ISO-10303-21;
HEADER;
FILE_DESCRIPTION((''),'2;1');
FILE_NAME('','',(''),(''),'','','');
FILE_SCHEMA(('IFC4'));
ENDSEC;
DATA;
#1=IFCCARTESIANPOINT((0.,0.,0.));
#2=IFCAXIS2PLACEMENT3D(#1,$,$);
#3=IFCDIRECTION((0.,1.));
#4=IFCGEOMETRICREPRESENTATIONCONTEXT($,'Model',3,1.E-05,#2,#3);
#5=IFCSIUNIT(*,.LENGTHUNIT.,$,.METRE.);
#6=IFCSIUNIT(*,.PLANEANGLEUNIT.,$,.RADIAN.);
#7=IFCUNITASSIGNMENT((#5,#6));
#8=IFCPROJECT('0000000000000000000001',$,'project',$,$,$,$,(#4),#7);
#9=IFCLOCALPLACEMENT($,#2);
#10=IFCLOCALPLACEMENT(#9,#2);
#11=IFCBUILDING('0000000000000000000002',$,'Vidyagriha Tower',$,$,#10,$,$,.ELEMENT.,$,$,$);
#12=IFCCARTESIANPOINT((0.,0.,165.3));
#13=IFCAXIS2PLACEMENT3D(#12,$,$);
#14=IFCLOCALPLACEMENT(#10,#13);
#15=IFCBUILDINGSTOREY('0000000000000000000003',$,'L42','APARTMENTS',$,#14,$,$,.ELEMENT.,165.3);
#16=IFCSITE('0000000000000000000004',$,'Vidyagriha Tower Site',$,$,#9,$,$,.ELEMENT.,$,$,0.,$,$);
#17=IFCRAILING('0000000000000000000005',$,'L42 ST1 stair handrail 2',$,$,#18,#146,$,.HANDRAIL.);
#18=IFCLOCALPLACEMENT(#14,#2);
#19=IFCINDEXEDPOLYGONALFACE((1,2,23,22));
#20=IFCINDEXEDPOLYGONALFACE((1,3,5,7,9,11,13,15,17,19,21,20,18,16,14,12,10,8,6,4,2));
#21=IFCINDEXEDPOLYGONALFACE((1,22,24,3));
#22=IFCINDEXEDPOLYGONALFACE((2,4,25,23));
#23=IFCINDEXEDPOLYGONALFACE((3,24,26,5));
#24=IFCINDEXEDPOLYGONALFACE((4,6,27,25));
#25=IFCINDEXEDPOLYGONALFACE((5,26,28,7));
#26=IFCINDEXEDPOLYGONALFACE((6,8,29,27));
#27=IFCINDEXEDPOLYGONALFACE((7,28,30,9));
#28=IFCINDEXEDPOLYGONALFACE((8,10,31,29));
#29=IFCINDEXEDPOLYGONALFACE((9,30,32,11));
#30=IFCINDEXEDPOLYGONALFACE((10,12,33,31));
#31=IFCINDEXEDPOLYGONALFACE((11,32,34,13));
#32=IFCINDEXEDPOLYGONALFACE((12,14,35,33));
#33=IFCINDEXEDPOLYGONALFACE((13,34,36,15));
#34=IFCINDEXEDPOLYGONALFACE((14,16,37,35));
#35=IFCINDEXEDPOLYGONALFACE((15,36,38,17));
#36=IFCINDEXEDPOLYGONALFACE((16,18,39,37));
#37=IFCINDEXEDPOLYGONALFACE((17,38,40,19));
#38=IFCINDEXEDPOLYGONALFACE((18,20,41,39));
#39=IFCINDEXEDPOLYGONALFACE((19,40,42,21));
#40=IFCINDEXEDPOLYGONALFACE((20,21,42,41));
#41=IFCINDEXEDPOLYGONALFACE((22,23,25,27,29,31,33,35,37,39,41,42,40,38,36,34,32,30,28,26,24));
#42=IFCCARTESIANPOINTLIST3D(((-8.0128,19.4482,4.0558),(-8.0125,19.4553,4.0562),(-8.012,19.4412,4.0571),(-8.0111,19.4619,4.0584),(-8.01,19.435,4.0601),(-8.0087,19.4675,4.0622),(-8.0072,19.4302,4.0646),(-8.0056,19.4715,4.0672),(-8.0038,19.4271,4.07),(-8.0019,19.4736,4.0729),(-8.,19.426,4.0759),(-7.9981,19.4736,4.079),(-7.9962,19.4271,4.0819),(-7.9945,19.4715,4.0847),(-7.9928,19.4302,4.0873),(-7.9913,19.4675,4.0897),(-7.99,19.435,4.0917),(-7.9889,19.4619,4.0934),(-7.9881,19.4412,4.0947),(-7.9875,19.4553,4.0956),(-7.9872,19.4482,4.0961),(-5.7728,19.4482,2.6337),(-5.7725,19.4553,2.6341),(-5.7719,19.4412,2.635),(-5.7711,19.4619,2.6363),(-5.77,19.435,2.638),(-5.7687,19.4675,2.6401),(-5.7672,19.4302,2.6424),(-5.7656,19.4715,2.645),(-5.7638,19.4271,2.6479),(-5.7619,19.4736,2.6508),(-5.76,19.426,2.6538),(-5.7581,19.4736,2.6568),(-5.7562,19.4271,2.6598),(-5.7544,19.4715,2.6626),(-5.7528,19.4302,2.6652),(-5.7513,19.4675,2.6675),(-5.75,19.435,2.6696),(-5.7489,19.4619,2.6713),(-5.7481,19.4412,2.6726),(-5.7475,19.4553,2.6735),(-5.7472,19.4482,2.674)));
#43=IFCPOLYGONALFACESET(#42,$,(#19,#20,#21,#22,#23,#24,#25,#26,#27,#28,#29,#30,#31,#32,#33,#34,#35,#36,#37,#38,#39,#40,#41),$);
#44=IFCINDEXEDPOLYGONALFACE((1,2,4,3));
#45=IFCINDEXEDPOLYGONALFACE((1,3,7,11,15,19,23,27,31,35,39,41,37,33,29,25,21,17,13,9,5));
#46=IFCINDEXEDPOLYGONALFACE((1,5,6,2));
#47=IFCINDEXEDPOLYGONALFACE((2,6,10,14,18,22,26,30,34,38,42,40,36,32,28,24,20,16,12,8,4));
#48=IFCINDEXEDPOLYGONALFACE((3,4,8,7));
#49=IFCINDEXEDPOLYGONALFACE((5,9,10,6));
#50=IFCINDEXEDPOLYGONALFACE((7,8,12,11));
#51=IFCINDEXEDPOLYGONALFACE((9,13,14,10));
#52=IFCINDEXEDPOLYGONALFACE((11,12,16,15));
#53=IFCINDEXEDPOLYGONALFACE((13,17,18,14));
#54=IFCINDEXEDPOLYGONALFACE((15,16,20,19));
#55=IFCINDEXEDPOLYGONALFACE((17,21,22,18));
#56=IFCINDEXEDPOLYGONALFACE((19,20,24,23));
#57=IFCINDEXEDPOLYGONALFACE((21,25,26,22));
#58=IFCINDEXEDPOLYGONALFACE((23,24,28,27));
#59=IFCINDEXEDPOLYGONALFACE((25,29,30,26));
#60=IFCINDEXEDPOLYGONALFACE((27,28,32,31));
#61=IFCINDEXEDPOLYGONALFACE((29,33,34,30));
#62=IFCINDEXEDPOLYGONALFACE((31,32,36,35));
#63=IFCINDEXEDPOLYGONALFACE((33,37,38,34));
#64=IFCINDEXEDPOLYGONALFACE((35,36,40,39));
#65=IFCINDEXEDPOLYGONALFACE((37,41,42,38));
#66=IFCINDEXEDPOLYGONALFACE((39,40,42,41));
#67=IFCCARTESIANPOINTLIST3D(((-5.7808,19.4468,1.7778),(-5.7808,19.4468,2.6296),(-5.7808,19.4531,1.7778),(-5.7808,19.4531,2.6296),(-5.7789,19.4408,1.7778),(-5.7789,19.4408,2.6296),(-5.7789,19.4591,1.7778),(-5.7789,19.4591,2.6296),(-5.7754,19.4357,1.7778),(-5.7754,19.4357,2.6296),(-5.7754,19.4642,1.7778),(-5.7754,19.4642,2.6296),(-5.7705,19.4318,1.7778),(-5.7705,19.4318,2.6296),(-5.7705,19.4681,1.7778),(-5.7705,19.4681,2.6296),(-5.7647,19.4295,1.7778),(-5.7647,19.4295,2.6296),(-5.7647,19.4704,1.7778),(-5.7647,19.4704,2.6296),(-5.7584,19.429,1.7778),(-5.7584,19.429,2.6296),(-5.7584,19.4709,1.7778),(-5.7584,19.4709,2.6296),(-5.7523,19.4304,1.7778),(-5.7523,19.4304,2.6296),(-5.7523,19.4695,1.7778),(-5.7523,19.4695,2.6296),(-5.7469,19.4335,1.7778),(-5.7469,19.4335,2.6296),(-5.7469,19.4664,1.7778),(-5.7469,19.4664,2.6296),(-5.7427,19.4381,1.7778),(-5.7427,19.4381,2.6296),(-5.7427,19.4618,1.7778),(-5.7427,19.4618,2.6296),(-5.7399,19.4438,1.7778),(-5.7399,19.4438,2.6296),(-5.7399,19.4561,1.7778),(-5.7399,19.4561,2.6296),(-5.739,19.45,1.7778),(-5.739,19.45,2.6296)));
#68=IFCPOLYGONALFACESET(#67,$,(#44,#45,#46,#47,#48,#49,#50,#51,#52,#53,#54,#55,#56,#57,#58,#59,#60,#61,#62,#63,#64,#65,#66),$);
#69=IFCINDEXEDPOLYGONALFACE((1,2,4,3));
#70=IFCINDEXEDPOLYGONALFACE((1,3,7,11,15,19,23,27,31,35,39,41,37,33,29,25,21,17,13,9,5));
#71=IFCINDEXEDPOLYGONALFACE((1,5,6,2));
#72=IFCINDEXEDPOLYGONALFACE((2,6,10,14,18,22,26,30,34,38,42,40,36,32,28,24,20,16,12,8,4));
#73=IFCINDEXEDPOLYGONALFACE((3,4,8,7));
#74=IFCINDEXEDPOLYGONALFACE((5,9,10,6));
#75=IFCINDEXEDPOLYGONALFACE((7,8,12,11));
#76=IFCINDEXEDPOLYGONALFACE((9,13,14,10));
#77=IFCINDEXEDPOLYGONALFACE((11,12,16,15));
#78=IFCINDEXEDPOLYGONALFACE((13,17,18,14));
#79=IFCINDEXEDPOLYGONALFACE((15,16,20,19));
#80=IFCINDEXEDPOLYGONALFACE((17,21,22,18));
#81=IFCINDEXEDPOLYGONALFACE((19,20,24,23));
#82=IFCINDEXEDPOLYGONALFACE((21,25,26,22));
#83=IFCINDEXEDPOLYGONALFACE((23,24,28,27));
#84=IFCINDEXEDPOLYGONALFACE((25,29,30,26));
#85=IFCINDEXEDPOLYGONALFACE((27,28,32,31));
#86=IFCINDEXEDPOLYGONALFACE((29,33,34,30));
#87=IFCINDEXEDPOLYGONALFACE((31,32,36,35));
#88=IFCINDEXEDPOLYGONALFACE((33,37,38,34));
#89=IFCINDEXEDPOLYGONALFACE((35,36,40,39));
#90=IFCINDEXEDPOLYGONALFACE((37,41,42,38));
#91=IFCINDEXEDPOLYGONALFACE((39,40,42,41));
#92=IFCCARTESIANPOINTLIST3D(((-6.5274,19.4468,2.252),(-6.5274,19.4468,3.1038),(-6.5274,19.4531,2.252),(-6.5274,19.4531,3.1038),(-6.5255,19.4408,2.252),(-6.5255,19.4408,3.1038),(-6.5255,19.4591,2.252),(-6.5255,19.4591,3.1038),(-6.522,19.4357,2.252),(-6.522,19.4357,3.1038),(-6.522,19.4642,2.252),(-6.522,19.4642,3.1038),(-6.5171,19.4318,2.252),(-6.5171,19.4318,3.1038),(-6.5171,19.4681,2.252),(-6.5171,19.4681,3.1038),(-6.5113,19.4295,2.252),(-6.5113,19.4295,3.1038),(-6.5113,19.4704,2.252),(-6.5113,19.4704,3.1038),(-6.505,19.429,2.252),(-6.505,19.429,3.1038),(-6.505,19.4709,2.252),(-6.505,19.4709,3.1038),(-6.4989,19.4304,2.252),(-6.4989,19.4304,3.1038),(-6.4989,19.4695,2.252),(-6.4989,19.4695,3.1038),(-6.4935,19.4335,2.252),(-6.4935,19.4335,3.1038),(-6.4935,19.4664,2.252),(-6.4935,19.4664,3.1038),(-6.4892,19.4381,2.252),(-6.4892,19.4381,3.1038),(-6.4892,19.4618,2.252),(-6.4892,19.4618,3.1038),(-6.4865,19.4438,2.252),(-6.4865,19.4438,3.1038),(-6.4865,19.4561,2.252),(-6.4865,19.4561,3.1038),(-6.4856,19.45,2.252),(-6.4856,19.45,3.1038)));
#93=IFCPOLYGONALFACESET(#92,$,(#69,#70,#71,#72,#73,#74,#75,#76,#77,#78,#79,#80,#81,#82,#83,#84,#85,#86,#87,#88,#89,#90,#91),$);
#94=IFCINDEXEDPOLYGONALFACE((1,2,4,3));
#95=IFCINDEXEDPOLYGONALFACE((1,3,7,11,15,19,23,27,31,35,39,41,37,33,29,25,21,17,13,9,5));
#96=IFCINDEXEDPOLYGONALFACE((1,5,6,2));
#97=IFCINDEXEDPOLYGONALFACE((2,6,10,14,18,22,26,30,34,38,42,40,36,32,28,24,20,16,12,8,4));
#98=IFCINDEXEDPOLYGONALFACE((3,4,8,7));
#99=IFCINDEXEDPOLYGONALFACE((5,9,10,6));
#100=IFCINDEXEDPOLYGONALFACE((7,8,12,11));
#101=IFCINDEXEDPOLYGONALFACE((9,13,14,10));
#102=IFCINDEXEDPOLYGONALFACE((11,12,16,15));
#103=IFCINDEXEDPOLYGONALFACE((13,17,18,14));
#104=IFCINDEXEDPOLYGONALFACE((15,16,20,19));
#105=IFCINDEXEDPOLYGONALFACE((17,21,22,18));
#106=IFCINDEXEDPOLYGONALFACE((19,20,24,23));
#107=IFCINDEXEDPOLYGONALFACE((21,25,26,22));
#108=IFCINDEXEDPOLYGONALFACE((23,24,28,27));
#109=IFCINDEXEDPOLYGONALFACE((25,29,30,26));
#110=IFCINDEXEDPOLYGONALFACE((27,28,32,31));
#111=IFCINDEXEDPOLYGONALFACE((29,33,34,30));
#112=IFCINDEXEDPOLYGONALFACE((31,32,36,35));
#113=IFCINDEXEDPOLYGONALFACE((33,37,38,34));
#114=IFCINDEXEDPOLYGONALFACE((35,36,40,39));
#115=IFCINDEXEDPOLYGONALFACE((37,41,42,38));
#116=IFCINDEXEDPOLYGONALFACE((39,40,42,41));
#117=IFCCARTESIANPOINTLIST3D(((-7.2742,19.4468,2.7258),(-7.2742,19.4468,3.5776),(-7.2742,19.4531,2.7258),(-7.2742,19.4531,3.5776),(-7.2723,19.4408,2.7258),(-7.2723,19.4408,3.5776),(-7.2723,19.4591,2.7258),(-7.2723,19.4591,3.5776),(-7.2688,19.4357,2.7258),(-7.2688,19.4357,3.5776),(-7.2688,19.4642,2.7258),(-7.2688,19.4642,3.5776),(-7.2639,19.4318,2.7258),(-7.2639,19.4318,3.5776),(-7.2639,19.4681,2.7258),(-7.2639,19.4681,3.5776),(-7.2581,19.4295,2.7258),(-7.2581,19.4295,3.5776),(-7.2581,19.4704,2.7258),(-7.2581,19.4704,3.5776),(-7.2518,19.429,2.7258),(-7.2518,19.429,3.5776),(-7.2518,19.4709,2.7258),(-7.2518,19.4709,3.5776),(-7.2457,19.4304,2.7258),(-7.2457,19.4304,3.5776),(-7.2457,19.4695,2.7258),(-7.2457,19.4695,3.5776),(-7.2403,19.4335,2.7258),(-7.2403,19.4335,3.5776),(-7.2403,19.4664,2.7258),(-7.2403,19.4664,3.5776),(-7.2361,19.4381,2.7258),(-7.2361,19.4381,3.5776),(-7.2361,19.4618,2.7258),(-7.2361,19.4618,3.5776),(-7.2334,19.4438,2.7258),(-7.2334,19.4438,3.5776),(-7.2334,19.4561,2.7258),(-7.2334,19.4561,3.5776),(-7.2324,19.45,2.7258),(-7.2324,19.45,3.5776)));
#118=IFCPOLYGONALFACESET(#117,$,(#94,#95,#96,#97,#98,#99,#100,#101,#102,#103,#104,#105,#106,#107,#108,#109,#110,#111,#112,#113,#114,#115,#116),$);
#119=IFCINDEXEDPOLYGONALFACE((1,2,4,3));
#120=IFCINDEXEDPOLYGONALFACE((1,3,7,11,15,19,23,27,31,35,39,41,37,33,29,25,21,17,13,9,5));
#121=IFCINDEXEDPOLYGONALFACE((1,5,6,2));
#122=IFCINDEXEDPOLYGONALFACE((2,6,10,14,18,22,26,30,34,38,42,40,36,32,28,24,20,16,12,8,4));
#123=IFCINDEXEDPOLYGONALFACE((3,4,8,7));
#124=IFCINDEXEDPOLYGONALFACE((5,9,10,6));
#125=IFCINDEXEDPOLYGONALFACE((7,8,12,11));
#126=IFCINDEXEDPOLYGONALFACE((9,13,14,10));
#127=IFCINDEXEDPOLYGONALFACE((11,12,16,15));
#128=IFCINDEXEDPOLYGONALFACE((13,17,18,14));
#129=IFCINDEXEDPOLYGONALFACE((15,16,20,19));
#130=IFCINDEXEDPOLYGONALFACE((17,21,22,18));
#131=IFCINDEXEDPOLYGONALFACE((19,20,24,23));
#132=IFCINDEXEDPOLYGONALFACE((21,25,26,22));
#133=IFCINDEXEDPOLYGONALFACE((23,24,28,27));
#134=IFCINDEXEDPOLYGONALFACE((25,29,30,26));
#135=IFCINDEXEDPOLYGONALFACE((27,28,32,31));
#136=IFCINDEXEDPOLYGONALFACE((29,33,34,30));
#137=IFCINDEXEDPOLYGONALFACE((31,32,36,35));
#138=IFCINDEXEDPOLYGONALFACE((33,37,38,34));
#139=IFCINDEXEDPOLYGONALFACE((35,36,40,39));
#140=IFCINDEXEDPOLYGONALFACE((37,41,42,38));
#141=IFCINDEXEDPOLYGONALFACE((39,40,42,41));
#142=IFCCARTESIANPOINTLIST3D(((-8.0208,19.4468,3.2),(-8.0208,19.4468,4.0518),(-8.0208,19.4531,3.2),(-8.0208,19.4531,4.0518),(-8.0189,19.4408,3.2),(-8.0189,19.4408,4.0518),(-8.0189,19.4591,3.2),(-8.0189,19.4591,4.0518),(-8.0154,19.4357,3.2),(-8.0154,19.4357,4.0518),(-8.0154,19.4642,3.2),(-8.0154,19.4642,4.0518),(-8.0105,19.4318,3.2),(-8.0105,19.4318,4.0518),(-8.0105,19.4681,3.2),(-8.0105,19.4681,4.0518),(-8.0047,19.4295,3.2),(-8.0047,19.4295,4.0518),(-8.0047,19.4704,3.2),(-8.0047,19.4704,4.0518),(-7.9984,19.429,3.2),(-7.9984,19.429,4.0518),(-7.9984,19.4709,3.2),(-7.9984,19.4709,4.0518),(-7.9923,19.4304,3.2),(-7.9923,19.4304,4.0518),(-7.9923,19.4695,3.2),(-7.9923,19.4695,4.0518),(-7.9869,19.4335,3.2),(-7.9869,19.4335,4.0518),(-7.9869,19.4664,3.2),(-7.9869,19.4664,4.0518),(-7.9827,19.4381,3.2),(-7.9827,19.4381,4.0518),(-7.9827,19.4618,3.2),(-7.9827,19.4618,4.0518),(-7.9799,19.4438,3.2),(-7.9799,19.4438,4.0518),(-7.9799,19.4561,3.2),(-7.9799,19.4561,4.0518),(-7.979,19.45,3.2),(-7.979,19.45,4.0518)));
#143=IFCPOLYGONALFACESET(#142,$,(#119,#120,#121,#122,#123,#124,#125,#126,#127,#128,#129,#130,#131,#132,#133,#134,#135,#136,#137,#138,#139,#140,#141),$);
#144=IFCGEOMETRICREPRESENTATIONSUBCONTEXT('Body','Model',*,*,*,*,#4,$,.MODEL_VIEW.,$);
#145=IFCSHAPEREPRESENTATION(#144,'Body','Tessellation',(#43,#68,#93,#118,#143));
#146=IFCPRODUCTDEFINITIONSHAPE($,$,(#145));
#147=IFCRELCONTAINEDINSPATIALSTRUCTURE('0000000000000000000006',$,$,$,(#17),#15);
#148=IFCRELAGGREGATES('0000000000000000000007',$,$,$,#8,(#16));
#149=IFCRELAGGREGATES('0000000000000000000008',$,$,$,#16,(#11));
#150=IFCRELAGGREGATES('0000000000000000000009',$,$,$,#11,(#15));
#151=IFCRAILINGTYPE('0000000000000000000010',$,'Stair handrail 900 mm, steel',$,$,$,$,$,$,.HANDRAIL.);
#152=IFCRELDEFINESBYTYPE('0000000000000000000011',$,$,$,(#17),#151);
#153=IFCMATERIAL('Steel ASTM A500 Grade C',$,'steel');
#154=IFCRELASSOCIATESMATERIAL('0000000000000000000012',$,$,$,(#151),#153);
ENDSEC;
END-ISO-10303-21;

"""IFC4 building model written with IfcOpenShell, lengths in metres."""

from ifc_helpers import new_model, si_unit, direction, frame, origin, origin_2d, place, context, subcontext, project, spatial, circle, extrude, material, type_object, element, save


model = new_model("IFC4")

# Units and contexts
model_context = context("Model", 3, precision=1e-05, world=origin(), true_north=direction((0.0, 1.0)))
body_context = subcontext(model_context, "Body", "Model", "MODEL_VIEW")
ifc_project = project(units=[si_unit("LENGTHUNIT", "METRE"), si_unit("PLANEANGLEUNIT", "RADIAN")], contexts=[model_context])

# Site, building, storey
site_placement = place(None, origin())
site = spatial("IfcSite", under=ifc_project, at=site_placement, Name="Vidyagriha Tower Site", CompositionType="ELEMENT", RefElevation=0.0)
building_placement = place(site_placement, origin())
building = spatial("IfcBuilding", under=site, at=building_placement, Name="Vidyagriha Tower", CompositionType="ELEMENT")
storey_placement = place(building_placement, frame((0.0, 0.0, 165.3)))
storey = spatial("IfcBuildingStorey", under=building, at=storey_placement, Name="L42", Description="APARTMENTS", CompositionType="ELEMENT", Elevation=165.3)

# Railing
ifc_material_1 = material(Name="Steel ASTM A500 Grade C", Category="steel")
railing_type_1 = type_object("IfcRailingType", Name="Stair handrail 900 mm, steel", PredefinedType="HANDRAIL", material=ifc_material_1)
railing_1_placement = place(storey_placement, frame((-5.76, 19.45, 1.7778)))
element("IfcRailing", 1, at=railing_1_placement, inside=storey, type_object=railing_type_1, Name="L42 ST1 stair handrail 2", PredefinedType="HANDRAIL", context=body_context, shape_type="SweptSolid", body=[
    extrude(circle(Radius=0.0239, at=origin_2d()), frame((0.0, 0.0, 0.876), z_axis=(-0.844229, 0.0, 0.535982), x_axis=(0.0, -1.0, 0.0)), (0.0, 0.0, 1.0), 2.6533),
    extrude(circle(Radius=0.021, at=origin_2d()), origin(), (0.0, 0.0, 1.0), 0.8518),
    extrude(circle(Radius=0.021, at=origin_2d()), frame((-0.7466, 0.0, 0.4741)), (0.0, 0.0, 1.0), 0.8518),
    extrude(circle(Radius=0.021, at=origin_2d()), frame((-1.4934, 0.0, 0.948)), (0.0, 0.0, 1.0), 0.8518),
    extrude(circle(Radius=0.021, at=origin_2d()), frame((-2.24, 0.0, 1.4221)), (0.0, 0.0, 1.0), 0.8518),
])

save(model, "model.ifc")
